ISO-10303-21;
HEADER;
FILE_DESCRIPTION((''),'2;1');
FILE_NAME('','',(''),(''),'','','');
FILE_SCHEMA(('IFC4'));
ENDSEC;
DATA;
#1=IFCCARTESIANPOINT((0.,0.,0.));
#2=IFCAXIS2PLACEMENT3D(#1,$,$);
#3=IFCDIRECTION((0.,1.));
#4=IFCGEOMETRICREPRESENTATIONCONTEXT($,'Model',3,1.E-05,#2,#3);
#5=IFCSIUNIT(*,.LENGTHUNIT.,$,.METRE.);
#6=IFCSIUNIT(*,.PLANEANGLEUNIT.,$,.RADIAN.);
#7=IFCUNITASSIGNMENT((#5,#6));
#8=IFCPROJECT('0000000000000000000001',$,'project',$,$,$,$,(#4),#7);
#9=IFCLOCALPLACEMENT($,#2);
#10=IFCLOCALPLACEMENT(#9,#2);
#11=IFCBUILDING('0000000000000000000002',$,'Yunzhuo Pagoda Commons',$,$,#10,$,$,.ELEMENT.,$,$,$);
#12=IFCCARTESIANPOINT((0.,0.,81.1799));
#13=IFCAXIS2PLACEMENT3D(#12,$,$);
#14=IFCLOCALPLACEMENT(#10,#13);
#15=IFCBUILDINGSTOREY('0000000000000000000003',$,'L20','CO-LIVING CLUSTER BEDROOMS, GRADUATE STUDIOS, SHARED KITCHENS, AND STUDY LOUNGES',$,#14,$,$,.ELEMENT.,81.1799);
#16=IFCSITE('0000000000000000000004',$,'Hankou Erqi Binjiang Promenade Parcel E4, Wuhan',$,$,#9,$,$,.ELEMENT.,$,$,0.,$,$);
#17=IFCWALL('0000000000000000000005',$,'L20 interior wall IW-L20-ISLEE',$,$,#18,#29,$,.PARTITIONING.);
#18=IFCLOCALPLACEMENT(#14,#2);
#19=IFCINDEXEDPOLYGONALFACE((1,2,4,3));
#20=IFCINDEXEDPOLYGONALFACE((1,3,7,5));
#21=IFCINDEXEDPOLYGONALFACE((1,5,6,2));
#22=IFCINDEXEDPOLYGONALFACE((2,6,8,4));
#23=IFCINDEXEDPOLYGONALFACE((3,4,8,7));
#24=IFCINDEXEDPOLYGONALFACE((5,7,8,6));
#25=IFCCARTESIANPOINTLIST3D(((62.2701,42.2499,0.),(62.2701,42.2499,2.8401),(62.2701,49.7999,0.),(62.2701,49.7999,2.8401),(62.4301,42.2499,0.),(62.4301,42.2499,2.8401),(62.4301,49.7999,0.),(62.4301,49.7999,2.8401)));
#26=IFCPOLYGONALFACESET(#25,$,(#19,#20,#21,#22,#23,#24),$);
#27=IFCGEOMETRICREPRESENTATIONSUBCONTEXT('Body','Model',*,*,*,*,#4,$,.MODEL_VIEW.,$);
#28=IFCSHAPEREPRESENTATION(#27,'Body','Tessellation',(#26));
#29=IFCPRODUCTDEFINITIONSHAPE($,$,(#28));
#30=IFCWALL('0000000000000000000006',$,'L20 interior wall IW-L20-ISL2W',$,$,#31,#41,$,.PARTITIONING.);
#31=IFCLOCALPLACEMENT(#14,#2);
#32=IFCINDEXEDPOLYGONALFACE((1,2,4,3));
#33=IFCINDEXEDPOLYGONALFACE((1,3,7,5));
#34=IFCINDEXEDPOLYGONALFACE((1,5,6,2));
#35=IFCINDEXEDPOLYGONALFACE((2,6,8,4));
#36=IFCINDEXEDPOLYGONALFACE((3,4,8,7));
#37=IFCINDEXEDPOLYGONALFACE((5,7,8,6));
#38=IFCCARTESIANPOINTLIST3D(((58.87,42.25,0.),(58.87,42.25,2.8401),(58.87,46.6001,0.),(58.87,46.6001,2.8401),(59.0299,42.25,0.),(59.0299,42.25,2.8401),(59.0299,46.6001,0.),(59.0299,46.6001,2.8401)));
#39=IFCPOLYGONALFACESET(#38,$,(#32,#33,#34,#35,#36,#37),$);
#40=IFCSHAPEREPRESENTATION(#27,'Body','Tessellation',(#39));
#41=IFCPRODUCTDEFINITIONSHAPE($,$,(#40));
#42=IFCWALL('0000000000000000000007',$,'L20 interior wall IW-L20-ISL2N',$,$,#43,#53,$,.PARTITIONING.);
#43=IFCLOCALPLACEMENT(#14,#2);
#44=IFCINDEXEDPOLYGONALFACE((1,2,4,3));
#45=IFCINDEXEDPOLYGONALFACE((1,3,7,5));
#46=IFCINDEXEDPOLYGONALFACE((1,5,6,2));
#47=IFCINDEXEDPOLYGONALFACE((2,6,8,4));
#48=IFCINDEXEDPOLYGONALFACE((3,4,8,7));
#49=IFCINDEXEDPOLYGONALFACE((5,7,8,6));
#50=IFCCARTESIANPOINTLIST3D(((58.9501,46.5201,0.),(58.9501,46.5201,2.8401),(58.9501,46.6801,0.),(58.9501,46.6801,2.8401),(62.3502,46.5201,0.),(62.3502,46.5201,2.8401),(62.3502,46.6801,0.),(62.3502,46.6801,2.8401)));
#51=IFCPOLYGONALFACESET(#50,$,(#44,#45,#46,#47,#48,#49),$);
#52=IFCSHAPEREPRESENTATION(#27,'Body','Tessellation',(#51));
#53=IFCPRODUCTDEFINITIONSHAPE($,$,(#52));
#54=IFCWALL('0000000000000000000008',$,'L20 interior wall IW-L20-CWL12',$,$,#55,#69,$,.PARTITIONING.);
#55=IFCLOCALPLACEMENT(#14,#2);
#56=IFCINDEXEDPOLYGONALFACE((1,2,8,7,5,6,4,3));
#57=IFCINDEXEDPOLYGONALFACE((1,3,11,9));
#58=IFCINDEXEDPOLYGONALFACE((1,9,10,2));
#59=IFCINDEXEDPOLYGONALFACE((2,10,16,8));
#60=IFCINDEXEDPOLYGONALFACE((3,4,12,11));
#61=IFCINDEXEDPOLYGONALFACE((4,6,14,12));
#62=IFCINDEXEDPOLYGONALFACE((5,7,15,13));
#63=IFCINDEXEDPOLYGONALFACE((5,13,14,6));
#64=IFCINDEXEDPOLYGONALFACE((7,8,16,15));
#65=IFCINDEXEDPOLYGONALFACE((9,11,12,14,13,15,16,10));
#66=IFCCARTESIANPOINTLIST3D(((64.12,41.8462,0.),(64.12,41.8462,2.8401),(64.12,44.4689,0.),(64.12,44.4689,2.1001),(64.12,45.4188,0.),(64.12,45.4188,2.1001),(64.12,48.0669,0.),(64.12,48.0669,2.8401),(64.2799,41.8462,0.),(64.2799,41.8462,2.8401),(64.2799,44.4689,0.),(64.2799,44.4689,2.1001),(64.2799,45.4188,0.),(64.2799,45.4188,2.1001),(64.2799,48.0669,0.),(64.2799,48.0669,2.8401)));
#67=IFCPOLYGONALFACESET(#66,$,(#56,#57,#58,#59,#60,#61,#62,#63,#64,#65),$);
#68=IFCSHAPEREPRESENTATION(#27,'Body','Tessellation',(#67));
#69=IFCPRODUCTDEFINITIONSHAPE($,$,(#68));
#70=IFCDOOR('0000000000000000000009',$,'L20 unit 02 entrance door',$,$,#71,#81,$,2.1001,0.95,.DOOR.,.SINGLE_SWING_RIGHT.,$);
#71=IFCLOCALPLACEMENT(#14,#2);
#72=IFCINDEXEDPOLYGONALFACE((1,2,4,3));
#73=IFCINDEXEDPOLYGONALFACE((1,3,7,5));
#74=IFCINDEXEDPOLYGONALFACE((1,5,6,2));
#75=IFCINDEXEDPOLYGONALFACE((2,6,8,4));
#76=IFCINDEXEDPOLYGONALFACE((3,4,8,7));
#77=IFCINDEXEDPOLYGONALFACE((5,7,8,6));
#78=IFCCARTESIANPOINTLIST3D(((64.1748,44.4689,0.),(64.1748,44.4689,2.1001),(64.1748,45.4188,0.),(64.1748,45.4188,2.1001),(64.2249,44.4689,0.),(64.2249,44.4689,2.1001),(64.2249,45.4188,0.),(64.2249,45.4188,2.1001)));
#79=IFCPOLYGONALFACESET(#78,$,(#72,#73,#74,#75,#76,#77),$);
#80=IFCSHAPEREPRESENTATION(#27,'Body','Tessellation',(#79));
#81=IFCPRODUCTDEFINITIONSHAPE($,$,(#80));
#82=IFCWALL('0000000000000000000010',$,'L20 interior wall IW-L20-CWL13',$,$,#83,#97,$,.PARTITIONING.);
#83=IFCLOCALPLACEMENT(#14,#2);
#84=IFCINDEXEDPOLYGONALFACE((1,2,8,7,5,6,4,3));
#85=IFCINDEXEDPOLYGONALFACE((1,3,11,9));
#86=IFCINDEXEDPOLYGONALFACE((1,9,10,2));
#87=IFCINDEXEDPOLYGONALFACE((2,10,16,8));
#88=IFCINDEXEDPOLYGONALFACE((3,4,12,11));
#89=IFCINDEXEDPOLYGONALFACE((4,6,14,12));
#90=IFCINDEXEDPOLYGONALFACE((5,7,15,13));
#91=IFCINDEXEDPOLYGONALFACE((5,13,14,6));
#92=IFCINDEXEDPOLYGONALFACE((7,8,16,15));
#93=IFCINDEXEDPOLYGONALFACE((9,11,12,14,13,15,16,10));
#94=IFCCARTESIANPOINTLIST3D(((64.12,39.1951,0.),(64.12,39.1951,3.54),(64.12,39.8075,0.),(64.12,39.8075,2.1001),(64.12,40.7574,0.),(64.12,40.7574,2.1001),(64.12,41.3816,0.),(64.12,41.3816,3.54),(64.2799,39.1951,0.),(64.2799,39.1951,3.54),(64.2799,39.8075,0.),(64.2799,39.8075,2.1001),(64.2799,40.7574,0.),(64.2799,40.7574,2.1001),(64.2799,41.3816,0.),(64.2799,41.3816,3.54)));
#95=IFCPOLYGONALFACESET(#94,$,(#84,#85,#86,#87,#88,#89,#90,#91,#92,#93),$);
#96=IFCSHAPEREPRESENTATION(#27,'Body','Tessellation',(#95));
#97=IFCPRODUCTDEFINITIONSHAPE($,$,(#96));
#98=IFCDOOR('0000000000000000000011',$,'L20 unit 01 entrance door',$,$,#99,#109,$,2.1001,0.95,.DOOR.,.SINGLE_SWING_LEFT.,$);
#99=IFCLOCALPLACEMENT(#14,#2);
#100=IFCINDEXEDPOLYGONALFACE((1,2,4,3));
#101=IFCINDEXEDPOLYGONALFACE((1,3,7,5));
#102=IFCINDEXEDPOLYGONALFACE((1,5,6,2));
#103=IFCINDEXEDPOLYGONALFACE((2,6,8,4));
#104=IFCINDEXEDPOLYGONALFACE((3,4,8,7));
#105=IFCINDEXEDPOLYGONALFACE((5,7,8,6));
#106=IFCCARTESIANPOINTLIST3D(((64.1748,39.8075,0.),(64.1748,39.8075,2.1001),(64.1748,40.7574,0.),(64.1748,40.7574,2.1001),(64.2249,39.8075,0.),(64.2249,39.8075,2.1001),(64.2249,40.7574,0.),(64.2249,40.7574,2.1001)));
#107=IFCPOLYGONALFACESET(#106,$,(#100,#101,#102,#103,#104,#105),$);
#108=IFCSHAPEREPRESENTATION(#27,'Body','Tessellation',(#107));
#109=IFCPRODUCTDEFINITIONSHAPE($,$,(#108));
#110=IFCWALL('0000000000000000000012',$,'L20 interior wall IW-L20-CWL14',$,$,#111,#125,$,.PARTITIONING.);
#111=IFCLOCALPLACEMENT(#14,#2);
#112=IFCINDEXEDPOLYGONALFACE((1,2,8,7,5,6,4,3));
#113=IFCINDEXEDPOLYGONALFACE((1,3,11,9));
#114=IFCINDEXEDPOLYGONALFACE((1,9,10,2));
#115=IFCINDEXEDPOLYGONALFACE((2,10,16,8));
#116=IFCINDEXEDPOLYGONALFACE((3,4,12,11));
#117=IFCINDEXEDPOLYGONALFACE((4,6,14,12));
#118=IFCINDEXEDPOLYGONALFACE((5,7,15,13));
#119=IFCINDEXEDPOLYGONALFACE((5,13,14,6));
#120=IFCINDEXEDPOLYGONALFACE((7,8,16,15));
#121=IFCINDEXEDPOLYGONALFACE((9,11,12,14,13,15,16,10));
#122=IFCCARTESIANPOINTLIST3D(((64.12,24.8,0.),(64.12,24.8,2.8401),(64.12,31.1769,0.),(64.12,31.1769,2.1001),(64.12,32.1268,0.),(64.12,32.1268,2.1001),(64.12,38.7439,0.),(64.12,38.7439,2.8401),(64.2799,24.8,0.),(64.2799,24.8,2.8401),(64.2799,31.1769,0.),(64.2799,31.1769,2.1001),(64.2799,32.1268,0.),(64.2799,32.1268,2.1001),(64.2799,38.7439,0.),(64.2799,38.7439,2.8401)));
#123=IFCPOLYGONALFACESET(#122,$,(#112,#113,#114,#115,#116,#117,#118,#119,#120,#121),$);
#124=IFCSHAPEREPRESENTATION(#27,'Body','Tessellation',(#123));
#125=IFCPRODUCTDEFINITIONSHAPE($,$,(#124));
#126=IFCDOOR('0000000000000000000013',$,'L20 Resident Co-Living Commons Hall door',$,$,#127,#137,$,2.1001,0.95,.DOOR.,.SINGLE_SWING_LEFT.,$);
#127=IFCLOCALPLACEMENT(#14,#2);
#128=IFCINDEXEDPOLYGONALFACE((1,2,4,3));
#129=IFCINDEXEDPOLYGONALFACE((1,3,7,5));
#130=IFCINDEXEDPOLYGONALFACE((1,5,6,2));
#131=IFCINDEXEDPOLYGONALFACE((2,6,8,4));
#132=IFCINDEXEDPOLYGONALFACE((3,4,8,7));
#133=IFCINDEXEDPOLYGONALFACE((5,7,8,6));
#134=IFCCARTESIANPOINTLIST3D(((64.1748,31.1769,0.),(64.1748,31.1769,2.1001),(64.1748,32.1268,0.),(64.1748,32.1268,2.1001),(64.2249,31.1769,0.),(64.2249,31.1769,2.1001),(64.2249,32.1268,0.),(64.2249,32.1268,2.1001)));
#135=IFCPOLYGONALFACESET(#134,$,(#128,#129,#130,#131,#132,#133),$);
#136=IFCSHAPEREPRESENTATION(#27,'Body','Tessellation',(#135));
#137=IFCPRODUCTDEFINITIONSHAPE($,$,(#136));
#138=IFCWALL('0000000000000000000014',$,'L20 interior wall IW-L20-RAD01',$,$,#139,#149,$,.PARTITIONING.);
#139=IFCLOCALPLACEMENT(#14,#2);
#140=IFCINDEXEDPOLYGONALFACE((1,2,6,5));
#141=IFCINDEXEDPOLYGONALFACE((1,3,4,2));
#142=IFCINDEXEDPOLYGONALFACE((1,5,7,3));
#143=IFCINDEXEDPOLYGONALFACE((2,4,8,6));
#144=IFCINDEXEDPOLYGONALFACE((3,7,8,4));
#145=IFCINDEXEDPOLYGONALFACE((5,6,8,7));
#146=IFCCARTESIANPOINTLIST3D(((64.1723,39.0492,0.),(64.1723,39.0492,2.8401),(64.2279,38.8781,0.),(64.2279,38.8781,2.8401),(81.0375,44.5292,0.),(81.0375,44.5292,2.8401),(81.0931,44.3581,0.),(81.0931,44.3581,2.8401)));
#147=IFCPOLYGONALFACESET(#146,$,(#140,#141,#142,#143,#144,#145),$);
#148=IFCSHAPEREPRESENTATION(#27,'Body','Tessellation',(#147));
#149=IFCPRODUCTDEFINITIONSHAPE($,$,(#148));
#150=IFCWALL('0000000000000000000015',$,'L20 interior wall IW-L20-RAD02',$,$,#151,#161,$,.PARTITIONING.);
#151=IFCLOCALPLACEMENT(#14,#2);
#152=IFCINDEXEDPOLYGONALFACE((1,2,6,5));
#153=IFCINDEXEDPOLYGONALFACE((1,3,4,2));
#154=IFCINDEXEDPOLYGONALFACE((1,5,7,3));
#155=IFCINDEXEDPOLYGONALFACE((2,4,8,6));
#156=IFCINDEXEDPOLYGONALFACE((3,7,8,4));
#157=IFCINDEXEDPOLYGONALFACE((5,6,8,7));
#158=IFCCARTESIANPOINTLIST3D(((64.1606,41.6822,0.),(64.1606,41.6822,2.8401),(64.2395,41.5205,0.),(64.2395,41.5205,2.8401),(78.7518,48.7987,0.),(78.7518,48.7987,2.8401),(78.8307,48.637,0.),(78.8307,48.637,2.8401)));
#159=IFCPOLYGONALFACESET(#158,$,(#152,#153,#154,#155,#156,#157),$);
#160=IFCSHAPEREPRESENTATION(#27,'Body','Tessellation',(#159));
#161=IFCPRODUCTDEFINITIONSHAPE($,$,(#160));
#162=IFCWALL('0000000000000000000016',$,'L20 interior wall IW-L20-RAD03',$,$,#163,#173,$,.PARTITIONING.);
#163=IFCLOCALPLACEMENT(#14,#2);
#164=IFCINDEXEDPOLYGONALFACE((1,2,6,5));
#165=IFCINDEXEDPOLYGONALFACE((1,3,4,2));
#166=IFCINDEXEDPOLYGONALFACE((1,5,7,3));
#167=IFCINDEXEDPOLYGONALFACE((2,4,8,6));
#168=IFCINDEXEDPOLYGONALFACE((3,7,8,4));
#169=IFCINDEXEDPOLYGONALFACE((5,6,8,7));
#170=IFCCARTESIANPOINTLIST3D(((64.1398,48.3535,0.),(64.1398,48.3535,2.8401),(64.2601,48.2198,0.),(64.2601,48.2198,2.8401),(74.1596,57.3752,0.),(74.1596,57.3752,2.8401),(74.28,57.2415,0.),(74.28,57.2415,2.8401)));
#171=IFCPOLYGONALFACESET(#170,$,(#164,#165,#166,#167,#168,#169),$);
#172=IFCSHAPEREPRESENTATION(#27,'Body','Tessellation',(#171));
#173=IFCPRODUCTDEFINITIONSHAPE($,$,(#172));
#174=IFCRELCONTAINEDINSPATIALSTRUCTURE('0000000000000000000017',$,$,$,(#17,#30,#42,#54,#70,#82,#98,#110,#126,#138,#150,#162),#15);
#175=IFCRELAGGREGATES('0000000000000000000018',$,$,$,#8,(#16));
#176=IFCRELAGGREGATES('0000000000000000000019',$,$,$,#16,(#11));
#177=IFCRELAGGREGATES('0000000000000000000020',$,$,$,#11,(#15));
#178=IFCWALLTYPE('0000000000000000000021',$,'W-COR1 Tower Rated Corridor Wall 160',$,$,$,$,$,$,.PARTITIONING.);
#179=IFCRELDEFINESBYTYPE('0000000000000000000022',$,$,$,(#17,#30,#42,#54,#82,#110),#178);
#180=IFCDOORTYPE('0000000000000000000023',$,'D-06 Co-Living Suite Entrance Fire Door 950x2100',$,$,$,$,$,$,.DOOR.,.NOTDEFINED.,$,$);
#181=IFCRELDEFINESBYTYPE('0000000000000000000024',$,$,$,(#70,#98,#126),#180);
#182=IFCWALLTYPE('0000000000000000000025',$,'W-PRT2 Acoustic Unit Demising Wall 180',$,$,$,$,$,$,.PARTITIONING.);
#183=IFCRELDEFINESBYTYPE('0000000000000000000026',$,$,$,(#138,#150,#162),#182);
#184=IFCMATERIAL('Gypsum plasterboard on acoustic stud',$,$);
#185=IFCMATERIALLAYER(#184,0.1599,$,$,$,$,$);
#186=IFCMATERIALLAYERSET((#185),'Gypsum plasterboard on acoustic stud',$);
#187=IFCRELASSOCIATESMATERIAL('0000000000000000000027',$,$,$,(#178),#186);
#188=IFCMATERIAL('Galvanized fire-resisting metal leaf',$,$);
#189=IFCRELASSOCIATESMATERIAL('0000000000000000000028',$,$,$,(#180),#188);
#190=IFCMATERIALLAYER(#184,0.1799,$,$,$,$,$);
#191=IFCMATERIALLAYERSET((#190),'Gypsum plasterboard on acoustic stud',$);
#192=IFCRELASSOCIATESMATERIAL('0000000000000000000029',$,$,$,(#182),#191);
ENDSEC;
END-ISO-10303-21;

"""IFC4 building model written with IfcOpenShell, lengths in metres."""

from ifc_helpers import new_model, si_unit, direction, frame, frame_2d, origin, origin_with_axes, place, context, subcontext, project, spatial, rectangle, extrude, source, transform, mapped, material, layer, layer_set, type_object, element, fill, save


model = new_model("IFC4")

# Units and contexts
model_context = context("Model", 3, precision=1e-05, world=origin(), true_north=direction((0.0, 1.0)))
body_context = subcontext(model_context, "Body", "Model", "MODEL_VIEW")
ifc_project = project(units=[si_unit("LENGTHUNIT", "METRE"), si_unit("PLANEANGLEUNIT", "RADIAN")], contexts=[model_context])

# Site, building, storey
site_placement = place(None, origin())
site = spatial("IfcSite", under=ifc_project, at=site_placement, Name="Hankou Erqi Binjiang Promenade Parcel E4, Wuhan", CompositionType="ELEMENT", RefElevation=0.0)
building_placement = place(site_placement, origin())
building = spatial("IfcBuilding", under=site, at=building_placement, Name="Yunzhuo Pagoda Commons", CompositionType="ELEMENT")
storey_placement = place(building_placement, frame((0.0, 0.0, 81.1799)))
storey = spatial("IfcBuildingStorey", under=building, at=storey_placement, Name="L20", Description="CO-LIVING CLUSTER BEDROOMS, GRADUATE STUDIOS, SHARED KITCHENS, AND STUDY LOUNGES", CompositionType="ELEMENT", Elevation=81.1799)

# Shared definitions
ifc_material_1 = material(Name="Galvanized fire-resisting metal leaf")

# Walls
ifc_material_2 = material(Name="Gypsum plasterboard on acoustic stud")
ifc_layer_1 = layer(ifc_material_2, 0.1599)
ifc_layer_set_1 = layer_set([ifc_layer_1], Name="Gypsum plasterboard on acoustic stud")
wall_type_1 = type_object("IfcWallType", Name="W-COR1 Tower Rated Corridor Wall 160", PredefinedType="PARTITIONING", material=ifc_layer_set_1)
wall_1_placement = place(storey_placement, frame((62.3501, 42.25, 0.0), z_axis=(0.0, 0.0, 1.0), x_axis=(0.0, 1.0, 0.0)))
element("IfcWall", 1, at=wall_1_placement, inside=storey, type_object=wall_type_1, Name="L20 interior wall IW-L20-ISLEE", PredefinedType="PARTITIONING", context=body_context, shape_type="SweptSolid", body=[
    extrude(rectangle(XDim=7.55, YDim=0.1599, at=frame_2d((3.7749, 0.0))), origin(), (0.0, 0.0, 1.0), 2.8401),
])
wall_2_placement = place(storey_placement, frame((58.95, 42.25, 0.0), z_axis=(0.0, 0.0, 1.0), x_axis=(0.0, 1.0, 0.0)))
element("IfcWall", 2, at=wall_2_placement, inside=storey, type_object=wall_type_1, Name="L20 interior wall IW-L20-ISL2W", PredefinedType="PARTITIONING", context=body_context, shape_type="SweptSolid", body=[
    extrude(rectangle(XDim=4.3501, YDim=0.1599, at=frame_2d((2.175, 0.0))), origin(), (0.0, 0.0, 1.0), 2.8401),
])
wall_3_placement = place(storey_placement, frame((58.95, 46.6001, 0.0), z_axis=(0.0, 0.0, 1.0), x_axis=(1.0, 0.0, 0.0)))
element("IfcWall", 3, at=wall_3_placement, inside=storey, type_object=wall_type_1, Name="L20 interior wall IW-L20-ISL2N", PredefinedType="PARTITIONING", context=body_context, shape_type="SweptSolid", body=[
    extrude(rectangle(XDim=3.4001, YDim=0.1599, at=frame_2d((1.7002, 0.0))), origin(), (0.0, 0.0, 1.0), 2.8401),
])

# Walls, openings, doors
wall_4_placement = place(storey_placement, frame((64.2, 48.0669, 0.0), z_axis=(0.0, 0.0, 1.0), x_axis=(0.0, -1.0, 0.0)))
wall_4 = element("IfcWall", 4, at=wall_4_placement, inside=storey, type_object=wall_type_1, Name="L20 interior wall IW-L20-CWL12", PredefinedType="PARTITIONING", context=body_context, shape_type="SweptSolid", body=[
    extrude(rectangle(XDim=6.2207, YDim=0.1599, at=frame_2d((3.1104, 0.0))), origin(), (0.0, 0.0, 1.0), 2.8401),
])
opening_1_placement = place(wall_4_placement, frame((2.6479, 0.0, 0.0)))
opening_1 = element("IfcOpeningElement", 5, at=opening_1_placement, cuts=wall_4, PredefinedType="OPENING", context=body_context, shape_type="SweptSolid", body=[
    extrude(rectangle(XDim=0.95, YDim=2.1001, at=frame_2d((0.4751, 1.05))), frame((0.0, 0.0898, 0.0), z_axis=(0.0, -1.0, 0.0), x_axis=(1.0, 0.0, 0.0)), (0.0, 0.0, 1.0), 0.1799),
])
door_type_1 = type_object("IfcDoorType", Name="D-06 Co-Living Suite Entrance Fire Door 950x2100", OperationType="NOTDEFINED", PredefinedType="DOOR", material=ifc_material_1)
shared_shape_1 = source(origin(), body_context, "Body", "SweptSolid", [
    extrude(rectangle(XDim=0.95, YDim=2.1001, at=frame_2d((0.4751, 1.05))), frame((0.0, 0.0249, 0.0), z_axis=(0.0, -1.0, 0.0), x_axis=(1.0, 0.0, 0.0)), (0.0, 0.0, 1.0), 0.05),
])
door_1_placement = place(opening_1_placement, origin_with_axes())
door_1 = element("IfcDoor", 6, at=door_1_placement, inside=storey, type_object=door_type_1, Name="L20 unit 02 entrance door", OperationType="SINGLE_SWING_RIGHT", OverallHeight=2.1001, OverallWidth=0.95, PredefinedType="DOOR", context=body_context, shape_type="MappedRepresentation", body=[
    mapped(shared_shape_1, transform((0.0, 0.0, 0.0), scale=1.0)),
])
fill(opening_1, door_1)
wall_5_placement = place(storey_placement, frame((64.2, 41.3816, 0.0), z_axis=(0.0, 0.0, 1.0), x_axis=(0.0, -1.0, 0.0)))
wall_5 = element("IfcWall", 7, at=wall_5_placement, inside=storey, type_object=wall_type_1, Name="L20 interior wall IW-L20-CWL13", PredefinedType="PARTITIONING", context=body_context, shape_type="SweptSolid", body=[
    extrude(rectangle(XDim=2.1865, YDim=0.1599, at=frame_2d((1.0933, 0.0))), origin(), (0.0, 0.0, 1.0), 3.54),
])
opening_2_placement = place(wall_5_placement, frame((0.624, 0.0, 0.0)))
opening_2 = element("IfcOpeningElement", 8, at=opening_2_placement, cuts=wall_5, PredefinedType="OPENING", context=body_context, shape_type="SweptSolid", body=[
    extrude(rectangle(XDim=0.95, YDim=2.1001, at=frame_2d((0.4751, 1.05))), frame((0.0, 0.0898, 0.0), z_axis=(0.0, -1.0, 0.0), x_axis=(1.0, 0.0, 0.0)), (0.0, 0.0, 1.0), 0.1799),
])
door_2_placement = place(opening_2_placement, origin_with_axes())
door_2 = element("IfcDoor", 9, at=door_2_placement, inside=storey, type_object=door_type_1, Name="L20 unit 01 entrance door", OperationType="SINGLE_SWING_LEFT", OverallHeight=2.1001, OverallWidth=0.95, PredefinedType="DOOR", context=body_context, shape_type="MappedRepresentation", body=[
    mapped(shared_shape_1, transform((0.0, 0.0, 0.0), scale=1.0)),
])
fill(opening_2, door_2)
wall_6_placement = place(storey_placement, frame((64.2, 38.7439, 0.0), z_axis=(0.0, 0.0, 1.0), x_axis=(0.0, -1.0, 0.0)))
wall_6 = element("IfcWall", 10, at=wall_6_placement, inside=storey, type_object=wall_type_1, Name="L20 interior wall IW-L20-CWL14", PredefinedType="PARTITIONING", context=body_context, shape_type="SweptSolid", body=[
    extrude(rectangle(XDim=13.9438, YDim=0.1599, at=frame_2d((6.9719, 0.0))), origin(), (0.0, 0.0, 1.0), 2.8401),
])
opening_3_placement = place(wall_6_placement, frame((6.6169, 0.0, 0.0)))
opening_3 = element("IfcOpeningElement", 11, at=opening_3_placement, cuts=wall_6, PredefinedType="OPENING", context=body_context, shape_type="SweptSolid", body=[
    extrude(rectangle(XDim=0.95, YDim=2.1001, at=frame_2d((0.4751, 1.05))), frame((0.0, 0.0898, 0.0), z_axis=(0.0, -1.0, 0.0), x_axis=(1.0, 0.0, 0.0)), (0.0, 0.0, 1.0), 0.1799),
])
door_3_placement = place(opening_3_placement, origin_with_axes())
door_3 = element("IfcDoor", 12, at=door_3_placement, inside=storey, type_object=door_type_1, Name="L20 Resident Co-Living Commons Hall door", OperationType="SINGLE_SWING_LEFT", OverallHeight=2.1001, OverallWidth=0.95, PredefinedType="DOOR", context=body_context, shape_type="MappedRepresentation", body=[
    mapped(shared_shape_1, transform((0.0, 0.0, 0.0), scale=1.0)),
])
fill(opening_3, door_3)

# Walls
ifc_layer_2 = layer(ifc_material_2, 0.1799)
ifc_layer_set_2 = layer_set([ifc_layer_2], Name="Gypsum plasterboard on acoustic stud")
wall_type_2 = type_object("IfcWallType", Name="W-PRT2 Acoustic Unit Demising Wall 180", PredefinedType="PARTITIONING", material=ifc_layer_set_2)
wall_7_placement = place(storey_placement, frame((64.2, 38.9636, 0.0), z_axis=(0.0, 0.0, 1.0), x_axis=(0.951054, 0.309024, 0.0)))
element("IfcWall", 13, at=wall_7_placement, inside=storey, type_object=wall_type_2, Name="L20 interior wall IW-L20-RAD01", PredefinedType="PARTITIONING", context=body_context, shape_type="SweptSolid", body=[
    extrude(rectangle(XDim=17.7332, YDim=0.1799, at=frame_2d((8.8667, 0.0))), origin(), (0.0, 0.0, 1.0), 2.8401),
])
wall_8_placement = place(storey_placement, frame((64.2, 41.6013, 0.0), z_axis=(0.0, 0.0, 1.0), x_axis=(0.898796, 0.438367, 0.0)))
element("IfcWall", 14, at=wall_8_placement, inside=storey, type_object=wall_type_2, Name="L20 interior wall IW-L20-RAD02", PredefinedType="PARTITIONING", context=body_context, shape_type="SweptSolid", body=[
    extrude(rectangle(XDim=16.2341, YDim=0.1799, at=frame_2d((8.1172, 0.0))), origin(), (0.0, 0.0, 1.0), 2.8401),
])
wall_9_placement = place(storey_placement, frame((64.2, 48.2866, 0.0), z_axis=(0.0, 0.0, 1.0), x_axis=(0.743149, 0.669126, 0.0)))
element("IfcWall", 15, at=wall_9_placement, inside=storey, type_object=wall_type_2, Name="L20 interior wall IW-L20-RAD03", PredefinedType="PARTITIONING", context=body_context, shape_type="SweptSolid", body=[
    extrude(rectangle(XDim=13.4829, YDim=0.1799, at=frame_2d((6.7415, 0.0))), origin(), (0.0, 0.0, 1.0), 2.8401),
])

save(model, "model.ifc")
